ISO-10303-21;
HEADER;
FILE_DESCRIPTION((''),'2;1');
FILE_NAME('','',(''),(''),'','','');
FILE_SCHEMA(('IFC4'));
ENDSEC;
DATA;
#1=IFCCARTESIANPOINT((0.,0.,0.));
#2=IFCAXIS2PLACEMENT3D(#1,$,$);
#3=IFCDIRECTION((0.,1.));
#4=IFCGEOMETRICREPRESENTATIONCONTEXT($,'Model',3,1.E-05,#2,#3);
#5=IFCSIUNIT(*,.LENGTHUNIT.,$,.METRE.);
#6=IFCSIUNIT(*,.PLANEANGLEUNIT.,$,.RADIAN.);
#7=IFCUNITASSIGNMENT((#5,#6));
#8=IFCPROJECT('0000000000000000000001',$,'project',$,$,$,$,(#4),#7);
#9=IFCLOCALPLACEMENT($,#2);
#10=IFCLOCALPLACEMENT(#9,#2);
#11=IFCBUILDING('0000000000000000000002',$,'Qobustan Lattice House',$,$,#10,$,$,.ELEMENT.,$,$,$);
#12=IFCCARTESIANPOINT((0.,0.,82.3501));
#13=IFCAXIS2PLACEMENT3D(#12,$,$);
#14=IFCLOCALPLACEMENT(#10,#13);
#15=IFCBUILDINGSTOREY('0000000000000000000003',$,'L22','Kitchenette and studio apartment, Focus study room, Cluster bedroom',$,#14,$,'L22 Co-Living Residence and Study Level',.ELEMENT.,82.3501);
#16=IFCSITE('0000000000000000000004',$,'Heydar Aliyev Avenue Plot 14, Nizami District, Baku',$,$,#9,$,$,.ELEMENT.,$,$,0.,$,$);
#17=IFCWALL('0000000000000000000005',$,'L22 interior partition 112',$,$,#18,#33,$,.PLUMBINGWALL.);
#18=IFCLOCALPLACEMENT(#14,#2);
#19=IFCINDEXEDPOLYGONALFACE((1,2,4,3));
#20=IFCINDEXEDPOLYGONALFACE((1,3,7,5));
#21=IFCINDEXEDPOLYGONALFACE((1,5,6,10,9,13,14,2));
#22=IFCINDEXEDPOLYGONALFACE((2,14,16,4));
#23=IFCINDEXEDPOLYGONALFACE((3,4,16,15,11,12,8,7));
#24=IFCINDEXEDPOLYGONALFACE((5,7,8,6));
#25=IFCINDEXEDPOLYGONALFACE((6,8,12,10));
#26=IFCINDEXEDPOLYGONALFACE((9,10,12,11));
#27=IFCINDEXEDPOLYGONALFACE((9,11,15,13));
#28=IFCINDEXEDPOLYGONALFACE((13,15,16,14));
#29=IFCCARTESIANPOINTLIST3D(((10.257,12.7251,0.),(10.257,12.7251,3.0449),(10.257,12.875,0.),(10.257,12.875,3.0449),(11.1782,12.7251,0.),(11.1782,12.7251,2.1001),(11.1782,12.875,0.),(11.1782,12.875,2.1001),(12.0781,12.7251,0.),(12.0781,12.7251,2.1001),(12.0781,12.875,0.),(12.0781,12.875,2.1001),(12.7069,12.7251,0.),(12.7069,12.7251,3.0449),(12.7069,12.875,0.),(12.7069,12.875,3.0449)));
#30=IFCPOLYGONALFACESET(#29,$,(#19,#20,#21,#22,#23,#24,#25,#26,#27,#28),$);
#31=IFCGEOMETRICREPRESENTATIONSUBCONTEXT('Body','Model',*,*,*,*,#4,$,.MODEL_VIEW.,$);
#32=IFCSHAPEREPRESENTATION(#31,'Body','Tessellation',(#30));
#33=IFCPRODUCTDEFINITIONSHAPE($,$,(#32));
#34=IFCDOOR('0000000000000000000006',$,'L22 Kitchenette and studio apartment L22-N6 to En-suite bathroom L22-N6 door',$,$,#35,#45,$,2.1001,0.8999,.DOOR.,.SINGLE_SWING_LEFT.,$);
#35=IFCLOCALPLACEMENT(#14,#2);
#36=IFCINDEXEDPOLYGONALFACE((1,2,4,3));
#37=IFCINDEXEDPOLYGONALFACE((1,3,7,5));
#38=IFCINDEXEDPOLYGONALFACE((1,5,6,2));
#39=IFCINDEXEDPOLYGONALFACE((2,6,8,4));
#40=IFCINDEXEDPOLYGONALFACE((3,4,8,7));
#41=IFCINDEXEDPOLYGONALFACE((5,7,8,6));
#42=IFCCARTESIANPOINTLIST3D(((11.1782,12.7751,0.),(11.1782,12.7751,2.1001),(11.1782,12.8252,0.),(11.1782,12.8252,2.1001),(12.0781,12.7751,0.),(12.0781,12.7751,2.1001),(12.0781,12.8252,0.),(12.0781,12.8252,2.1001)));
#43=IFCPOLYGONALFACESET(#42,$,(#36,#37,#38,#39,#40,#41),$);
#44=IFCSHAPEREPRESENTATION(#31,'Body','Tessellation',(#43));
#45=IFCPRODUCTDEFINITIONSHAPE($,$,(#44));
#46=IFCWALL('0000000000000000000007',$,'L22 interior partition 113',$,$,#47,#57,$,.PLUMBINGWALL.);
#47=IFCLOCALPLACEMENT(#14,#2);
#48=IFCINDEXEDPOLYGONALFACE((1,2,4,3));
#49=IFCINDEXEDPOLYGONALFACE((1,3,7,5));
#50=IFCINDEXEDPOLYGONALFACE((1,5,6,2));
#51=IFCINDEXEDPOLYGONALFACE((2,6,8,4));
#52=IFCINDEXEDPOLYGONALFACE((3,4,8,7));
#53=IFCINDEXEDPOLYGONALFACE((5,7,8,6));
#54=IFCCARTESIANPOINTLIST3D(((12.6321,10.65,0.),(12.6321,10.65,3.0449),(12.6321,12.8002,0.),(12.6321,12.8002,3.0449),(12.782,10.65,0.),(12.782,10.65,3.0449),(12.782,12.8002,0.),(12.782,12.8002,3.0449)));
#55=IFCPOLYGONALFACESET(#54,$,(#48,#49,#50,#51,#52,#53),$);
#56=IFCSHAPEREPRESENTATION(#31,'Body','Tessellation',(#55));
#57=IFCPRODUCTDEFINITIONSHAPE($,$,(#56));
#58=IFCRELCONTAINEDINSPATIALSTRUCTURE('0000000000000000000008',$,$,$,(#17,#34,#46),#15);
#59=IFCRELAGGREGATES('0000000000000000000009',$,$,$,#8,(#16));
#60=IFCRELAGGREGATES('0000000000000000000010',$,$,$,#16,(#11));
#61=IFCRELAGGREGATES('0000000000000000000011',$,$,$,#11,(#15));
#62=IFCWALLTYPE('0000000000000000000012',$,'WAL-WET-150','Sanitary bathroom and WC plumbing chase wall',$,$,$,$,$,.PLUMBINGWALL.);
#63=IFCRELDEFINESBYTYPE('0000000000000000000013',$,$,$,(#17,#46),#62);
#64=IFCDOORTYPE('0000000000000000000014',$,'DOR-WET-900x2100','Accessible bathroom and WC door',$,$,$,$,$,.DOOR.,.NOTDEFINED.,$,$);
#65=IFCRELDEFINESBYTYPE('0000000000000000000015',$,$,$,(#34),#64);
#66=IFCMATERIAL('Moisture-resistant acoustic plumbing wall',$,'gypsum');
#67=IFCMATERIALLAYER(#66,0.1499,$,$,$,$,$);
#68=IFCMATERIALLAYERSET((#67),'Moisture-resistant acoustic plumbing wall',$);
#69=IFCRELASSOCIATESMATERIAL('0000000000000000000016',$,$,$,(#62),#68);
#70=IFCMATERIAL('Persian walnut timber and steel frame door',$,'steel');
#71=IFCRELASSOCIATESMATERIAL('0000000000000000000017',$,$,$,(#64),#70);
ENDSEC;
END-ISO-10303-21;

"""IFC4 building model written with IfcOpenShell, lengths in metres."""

from ifc_helpers import new_model, si_unit, direction, frame, frame_2d, origin, place, context, subcontext, project, spatial, rectangle, extrude, material, layer, layer_set, type_object, element, fill, save


model = new_model("IFC4")

# Units and contexts
model_context = context("Model", 3, precision=1e-05, world=origin(), true_north=direction((0.0, 1.0)))
body_context = subcontext(model_context, "Body", "Model", "MODEL_VIEW")
ifc_project = project(units=[si_unit("LENGTHUNIT", "METRE"), si_unit("PLANEANGLEUNIT", "RADIAN")], contexts=[model_context])

# Site, building, storey
site_placement = place(None, origin())
site = spatial("IfcSite", under=ifc_project, at=site_placement, Name="Heydar Aliyev Avenue Plot 14, Nizami District, Baku", CompositionType="ELEMENT", RefElevation=0.0)
building_placement = place(site_placement, origin())
building = spatial("IfcBuilding", under=site, at=building_placement, Name="Qobustan Lattice House", CompositionType="ELEMENT")
storey_placement = place(building_placement, frame((0.0, 0.0, 82.3501)))
storey = spatial("IfcBuildingStorey", under=building, at=storey_placement, Name="L22", Description="Kitchenette and studio apartment, Focus study room, Cluster bedroom", LongName="L22 Co-Living Residence and Study Level", CompositionType="ELEMENT", Elevation=82.3501)

# Shared definitions
ifc_material_1 = material(Name="Moisture-resistant acoustic plumbing wall", Category="gypsum")
ifc_layer_1 = layer(ifc_material_1, 0.1499)
ifc_layer_set_1 = layer_set([ifc_layer_1], Name="Moisture-resistant acoustic plumbing wall")
wall_type_1 = type_object("IfcWallType", Name="WAL-WET-150", Description="Sanitary bathroom and WC plumbing chase wall", PredefinedType="PLUMBINGWALL", material=ifc_layer_set_1)

# Shared definitions
ifc_material_2 = material(Name="Persian walnut timber and steel frame door", Category="steel")
door_type_1 = type_object("IfcDoorType", Name="DOR-WET-900x2100", Description="Accessible bathroom and WC door", OperationType="NOTDEFINED", PredefinedType="DOOR", material=ifc_material_2)

# Wall, opening, door
wall_1_placement = place(storey_placement, frame((12.707, 12.8, 0.0), z_axis=(0.0, 0.0, 1.0), x_axis=(-1.0, 0.0, 0.0)))
wall_1 = element("IfcWall", 1, at=wall_1_placement, inside=storey, type_object=wall_type_1, Name="L22 interior partition 112", PredefinedType="PLUMBINGWALL", context=body_context, shape_type="SweptSolid", body=[
    extrude(rectangle(XDim=2.45, YDim=0.1499, at=frame_2d((1.2251, 0.0))), origin(), (0.0, 0.0, 1.0), 3.0449),
])
opening_1_placement = place(wall_1_placement, frame((0.6289, 0.0, 0.0)))
opening_1 = element("IfcOpeningElement", 2, at=opening_1_placement, cuts=wall_1, PredefinedType="OPENING", context=body_context, shape_type="SweptSolid", body=[
    extrude(rectangle(XDim=0.8999, YDim=2.1001, at=frame_2d((0.45, 1.05))), frame((0.0, 0.085, 0.0), z_axis=(0.0, -1.0, 0.0), x_axis=(1.0, 0.0, 0.0)), (0.0, 0.0, 1.0), 0.1699),
])
door_1_placement = place(opening_1_placement, origin())
door_1 = element("IfcDoor", 3, at=door_1_placement, inside=storey, type_object=door_type_1, Name="L22 Kitchenette and studio apartment L22-N6 to En-suite bathroom L22-N6 door", OperationType="SINGLE_SWING_LEFT", OverallHeight=2.1001, OverallWidth=0.8999, PredefinedType="DOOR", context=body_context, shape_type="SweptSolid", body=[
    extrude(rectangle(XDim=0.8999, YDim=2.1001, at=frame_2d((0.45, 1.05))), frame((0.0, 0.0249, 0.0), z_axis=(0.0, -1.0, 0.0), x_axis=(1.0, 0.0, 0.0)), (0.0, 0.0, 1.0), 0.05),
])
fill(opening_1, door_1)

# Wall
wall_2_placement = place(storey_placement, frame((12.707, 10.6499, 0.0), z_axis=(0.0, 0.0, 1.0), x_axis=(0.0, 1.0, 0.0)))
element("IfcWall", 4, at=wall_2_placement, inside=storey, type_object=wall_type_1, Name="L22 interior partition 113", PredefinedType="PLUMBINGWALL", context=body_context, shape_type="SweptSolid", body=[
    extrude(rectangle(XDim=2.1501, YDim=0.1499, at=frame_2d((1.0752, 0.0))), origin(), (0.0, 0.0, 1.0), 3.0449),
])

save(model, "model.ifc")
